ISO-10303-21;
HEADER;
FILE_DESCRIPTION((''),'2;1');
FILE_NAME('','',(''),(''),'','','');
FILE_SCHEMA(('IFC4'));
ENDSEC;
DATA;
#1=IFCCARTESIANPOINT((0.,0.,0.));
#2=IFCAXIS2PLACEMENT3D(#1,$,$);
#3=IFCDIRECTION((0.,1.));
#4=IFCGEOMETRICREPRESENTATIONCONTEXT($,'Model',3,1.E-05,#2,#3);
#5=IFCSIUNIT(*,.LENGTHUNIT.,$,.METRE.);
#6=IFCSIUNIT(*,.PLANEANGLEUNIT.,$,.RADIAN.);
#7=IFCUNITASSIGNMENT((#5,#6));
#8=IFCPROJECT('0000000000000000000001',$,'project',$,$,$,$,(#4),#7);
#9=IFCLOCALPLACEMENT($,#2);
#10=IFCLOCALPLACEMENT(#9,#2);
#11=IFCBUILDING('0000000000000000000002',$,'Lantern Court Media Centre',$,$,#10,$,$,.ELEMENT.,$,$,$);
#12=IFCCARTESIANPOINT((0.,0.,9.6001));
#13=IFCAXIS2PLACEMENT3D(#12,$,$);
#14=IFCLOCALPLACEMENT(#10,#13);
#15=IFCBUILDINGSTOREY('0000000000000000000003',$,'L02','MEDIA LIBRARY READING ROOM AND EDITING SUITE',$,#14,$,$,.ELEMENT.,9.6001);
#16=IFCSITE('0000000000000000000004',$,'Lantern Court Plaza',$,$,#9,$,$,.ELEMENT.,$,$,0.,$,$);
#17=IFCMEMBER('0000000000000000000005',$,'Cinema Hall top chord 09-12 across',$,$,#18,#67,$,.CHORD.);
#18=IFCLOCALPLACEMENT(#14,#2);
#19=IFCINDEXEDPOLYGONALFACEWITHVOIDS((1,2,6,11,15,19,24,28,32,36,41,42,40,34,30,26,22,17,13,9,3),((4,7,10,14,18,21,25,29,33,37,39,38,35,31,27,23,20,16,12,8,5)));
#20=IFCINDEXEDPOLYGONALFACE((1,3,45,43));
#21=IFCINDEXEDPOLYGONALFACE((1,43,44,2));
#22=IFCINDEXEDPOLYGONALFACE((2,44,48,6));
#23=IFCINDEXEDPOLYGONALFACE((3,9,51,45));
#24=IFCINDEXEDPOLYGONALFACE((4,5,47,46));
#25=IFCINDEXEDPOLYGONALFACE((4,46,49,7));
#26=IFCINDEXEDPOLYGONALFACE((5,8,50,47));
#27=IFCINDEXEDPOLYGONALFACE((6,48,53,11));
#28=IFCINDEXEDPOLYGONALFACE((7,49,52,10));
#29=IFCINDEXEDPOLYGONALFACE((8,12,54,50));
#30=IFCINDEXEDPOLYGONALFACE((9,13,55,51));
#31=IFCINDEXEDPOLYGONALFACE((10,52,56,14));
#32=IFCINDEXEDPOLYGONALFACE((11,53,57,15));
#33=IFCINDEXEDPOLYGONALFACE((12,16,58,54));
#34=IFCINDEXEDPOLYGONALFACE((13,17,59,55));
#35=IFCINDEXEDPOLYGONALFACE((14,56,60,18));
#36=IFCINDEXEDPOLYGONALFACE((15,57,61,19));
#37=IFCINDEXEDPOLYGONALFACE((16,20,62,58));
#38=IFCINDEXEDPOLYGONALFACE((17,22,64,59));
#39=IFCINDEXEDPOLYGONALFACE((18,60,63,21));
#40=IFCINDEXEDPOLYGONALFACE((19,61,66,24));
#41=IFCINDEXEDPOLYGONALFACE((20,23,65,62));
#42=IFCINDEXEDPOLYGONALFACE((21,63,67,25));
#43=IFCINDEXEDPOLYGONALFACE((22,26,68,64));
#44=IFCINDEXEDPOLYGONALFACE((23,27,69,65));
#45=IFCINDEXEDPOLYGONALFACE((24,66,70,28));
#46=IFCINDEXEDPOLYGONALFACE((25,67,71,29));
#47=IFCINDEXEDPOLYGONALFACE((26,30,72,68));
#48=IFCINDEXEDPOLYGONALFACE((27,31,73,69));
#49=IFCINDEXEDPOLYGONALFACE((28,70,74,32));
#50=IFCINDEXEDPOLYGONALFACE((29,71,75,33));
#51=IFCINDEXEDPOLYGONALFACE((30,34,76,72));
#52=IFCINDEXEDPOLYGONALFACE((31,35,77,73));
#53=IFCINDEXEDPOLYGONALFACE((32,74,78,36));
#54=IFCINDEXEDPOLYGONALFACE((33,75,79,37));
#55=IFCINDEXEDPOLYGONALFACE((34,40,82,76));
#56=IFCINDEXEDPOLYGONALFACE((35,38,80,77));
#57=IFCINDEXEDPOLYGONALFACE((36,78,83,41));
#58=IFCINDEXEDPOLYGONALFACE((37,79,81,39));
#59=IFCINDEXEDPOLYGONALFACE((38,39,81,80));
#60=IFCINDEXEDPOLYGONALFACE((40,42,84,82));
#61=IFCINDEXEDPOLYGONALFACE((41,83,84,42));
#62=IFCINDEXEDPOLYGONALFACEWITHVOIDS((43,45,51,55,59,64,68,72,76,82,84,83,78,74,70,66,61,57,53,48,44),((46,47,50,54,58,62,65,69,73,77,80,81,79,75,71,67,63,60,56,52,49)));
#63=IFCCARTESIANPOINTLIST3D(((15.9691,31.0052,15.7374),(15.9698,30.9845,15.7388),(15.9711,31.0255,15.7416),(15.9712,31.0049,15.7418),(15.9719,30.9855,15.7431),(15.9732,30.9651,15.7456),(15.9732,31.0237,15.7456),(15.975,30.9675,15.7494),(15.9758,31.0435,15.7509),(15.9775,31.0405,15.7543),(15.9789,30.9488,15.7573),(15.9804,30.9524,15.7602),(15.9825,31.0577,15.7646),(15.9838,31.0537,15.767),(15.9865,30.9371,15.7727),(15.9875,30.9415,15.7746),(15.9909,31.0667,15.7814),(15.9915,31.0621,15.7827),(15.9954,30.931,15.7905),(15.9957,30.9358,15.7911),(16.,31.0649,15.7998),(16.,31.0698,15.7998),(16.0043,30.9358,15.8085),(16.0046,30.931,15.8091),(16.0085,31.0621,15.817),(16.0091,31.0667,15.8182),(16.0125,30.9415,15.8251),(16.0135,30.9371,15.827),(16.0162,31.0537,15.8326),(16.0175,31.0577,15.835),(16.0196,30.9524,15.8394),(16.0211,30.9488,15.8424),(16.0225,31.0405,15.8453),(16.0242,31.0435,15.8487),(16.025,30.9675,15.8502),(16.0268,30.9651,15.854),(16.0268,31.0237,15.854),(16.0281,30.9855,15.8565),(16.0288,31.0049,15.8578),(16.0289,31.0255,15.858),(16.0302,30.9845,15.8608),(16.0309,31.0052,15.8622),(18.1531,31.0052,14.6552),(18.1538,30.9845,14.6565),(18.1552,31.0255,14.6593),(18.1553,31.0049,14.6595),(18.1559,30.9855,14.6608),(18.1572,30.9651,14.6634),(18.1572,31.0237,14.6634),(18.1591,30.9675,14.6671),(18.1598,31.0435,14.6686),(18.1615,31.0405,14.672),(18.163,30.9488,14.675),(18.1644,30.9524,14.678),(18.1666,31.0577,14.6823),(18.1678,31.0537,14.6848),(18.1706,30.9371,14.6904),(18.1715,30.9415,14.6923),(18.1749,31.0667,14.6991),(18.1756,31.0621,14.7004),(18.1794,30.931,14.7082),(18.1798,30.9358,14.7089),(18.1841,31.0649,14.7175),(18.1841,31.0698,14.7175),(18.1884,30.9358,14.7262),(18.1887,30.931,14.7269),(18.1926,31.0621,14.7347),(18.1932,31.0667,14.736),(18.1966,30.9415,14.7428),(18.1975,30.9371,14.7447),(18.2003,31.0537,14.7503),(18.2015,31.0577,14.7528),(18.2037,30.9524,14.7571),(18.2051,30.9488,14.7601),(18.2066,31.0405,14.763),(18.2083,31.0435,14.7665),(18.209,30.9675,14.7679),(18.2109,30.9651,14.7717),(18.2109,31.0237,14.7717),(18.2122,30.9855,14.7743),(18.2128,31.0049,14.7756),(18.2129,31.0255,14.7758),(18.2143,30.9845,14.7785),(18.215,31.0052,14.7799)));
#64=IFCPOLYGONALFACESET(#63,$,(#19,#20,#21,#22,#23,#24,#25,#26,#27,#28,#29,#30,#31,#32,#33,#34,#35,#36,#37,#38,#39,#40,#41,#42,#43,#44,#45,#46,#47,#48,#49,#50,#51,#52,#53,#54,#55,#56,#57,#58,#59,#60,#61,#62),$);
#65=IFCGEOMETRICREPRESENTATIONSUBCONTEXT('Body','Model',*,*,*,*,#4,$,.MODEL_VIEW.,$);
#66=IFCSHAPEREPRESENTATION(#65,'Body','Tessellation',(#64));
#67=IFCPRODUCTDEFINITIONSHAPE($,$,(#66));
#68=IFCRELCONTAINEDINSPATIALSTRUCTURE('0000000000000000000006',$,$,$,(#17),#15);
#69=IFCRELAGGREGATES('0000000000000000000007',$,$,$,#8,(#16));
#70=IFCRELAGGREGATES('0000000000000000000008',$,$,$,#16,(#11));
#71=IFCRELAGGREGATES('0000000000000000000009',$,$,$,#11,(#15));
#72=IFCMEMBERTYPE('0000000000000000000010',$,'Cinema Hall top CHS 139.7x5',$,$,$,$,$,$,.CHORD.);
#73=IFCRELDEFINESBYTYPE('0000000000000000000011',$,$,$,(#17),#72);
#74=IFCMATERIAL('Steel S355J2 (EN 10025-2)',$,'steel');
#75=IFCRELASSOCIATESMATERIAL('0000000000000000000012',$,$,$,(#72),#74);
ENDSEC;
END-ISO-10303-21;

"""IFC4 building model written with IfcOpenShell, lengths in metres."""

from ifc_helpers import new_model, si_unit, direction, frame, origin, origin_2d, place, context, subcontext, project, spatial, hollow_circle, extrude, material, material_profile, profile_set, type_object, element, save


model = new_model("IFC4")

# Units and contexts
model_context = context("Model", 3, precision=1e-05, world=origin(), true_north=direction((0.0, 1.0)))
body_context = subcontext(model_context, "Body", "Model", "MODEL_VIEW")
ifc_project = project(units=[si_unit("LENGTHUNIT", "METRE"), si_unit("PLANEANGLEUNIT", "RADIAN")], contexts=[model_context])

# Site, building, storey
site_placement = place(None, origin())
site = spatial("IfcSite", under=ifc_project, at=site_placement, Name="Lantern Court Plaza", CompositionType="ELEMENT", RefElevation=0.0)
building_placement = place(site_placement, origin())
building = spatial("IfcBuilding", under=site, at=building_placement, Name="Lantern Court Media Centre", CompositionType="ELEMENT")
storey_placement = place(building_placement, frame((0.0, 0.0, 9.6001)))
storey = spatial("IfcBuildingStorey", under=building, at=storey_placement, Name="L02", Description="MEDIA LIBRARY READING ROOM AND EDITING SUITE", CompositionType="ELEMENT", Elevation=9.6001)

# Member
ifc_material = material(Name="Steel S355J2 (EN 10025-2)", Category="steel")
ifc_material_profile_1 = material_profile(ifc_material, hollow_circle(Radius=0.0698, WallThickness=0.0049, at=origin_2d()), Name="Cinema Hall top CHS 139.7x5")
ifc_profile_set_1 = profile_set([ifc_material_profile_1], Name="Steel S355J2 (EN 10025-2)")
member_type_1 = type_object("IfcMemberType", Name="Cinema Hall top CHS 139.7x5", PredefinedType="CHORD", material=ifc_profile_set_1)
for number, where, z_axis, x_axis, name in (
    (1, (16.0, 31.0, 15.7998), (0.896024, 0.0, -0.444006), (0.0, 1.0, 0.0), "Cinema Hall top chord 09-12 across"),
):
    element("IfcMember", number, at=place(storey_placement, frame(where, z_axis=z_axis, x_axis=x_axis)), inside=storey, type_object=member_type_1, Name=name, PredefinedType="CHORD", context=body_context, shape_type="SweptSolid", body=[
        extrude(hollow_circle(Radius=0.0698, WallThickness=0.0049, at=origin_2d()), origin(), (0.0, 0.0, 1.0), 2.4375),
    ])

save(model, "model.ifc")
